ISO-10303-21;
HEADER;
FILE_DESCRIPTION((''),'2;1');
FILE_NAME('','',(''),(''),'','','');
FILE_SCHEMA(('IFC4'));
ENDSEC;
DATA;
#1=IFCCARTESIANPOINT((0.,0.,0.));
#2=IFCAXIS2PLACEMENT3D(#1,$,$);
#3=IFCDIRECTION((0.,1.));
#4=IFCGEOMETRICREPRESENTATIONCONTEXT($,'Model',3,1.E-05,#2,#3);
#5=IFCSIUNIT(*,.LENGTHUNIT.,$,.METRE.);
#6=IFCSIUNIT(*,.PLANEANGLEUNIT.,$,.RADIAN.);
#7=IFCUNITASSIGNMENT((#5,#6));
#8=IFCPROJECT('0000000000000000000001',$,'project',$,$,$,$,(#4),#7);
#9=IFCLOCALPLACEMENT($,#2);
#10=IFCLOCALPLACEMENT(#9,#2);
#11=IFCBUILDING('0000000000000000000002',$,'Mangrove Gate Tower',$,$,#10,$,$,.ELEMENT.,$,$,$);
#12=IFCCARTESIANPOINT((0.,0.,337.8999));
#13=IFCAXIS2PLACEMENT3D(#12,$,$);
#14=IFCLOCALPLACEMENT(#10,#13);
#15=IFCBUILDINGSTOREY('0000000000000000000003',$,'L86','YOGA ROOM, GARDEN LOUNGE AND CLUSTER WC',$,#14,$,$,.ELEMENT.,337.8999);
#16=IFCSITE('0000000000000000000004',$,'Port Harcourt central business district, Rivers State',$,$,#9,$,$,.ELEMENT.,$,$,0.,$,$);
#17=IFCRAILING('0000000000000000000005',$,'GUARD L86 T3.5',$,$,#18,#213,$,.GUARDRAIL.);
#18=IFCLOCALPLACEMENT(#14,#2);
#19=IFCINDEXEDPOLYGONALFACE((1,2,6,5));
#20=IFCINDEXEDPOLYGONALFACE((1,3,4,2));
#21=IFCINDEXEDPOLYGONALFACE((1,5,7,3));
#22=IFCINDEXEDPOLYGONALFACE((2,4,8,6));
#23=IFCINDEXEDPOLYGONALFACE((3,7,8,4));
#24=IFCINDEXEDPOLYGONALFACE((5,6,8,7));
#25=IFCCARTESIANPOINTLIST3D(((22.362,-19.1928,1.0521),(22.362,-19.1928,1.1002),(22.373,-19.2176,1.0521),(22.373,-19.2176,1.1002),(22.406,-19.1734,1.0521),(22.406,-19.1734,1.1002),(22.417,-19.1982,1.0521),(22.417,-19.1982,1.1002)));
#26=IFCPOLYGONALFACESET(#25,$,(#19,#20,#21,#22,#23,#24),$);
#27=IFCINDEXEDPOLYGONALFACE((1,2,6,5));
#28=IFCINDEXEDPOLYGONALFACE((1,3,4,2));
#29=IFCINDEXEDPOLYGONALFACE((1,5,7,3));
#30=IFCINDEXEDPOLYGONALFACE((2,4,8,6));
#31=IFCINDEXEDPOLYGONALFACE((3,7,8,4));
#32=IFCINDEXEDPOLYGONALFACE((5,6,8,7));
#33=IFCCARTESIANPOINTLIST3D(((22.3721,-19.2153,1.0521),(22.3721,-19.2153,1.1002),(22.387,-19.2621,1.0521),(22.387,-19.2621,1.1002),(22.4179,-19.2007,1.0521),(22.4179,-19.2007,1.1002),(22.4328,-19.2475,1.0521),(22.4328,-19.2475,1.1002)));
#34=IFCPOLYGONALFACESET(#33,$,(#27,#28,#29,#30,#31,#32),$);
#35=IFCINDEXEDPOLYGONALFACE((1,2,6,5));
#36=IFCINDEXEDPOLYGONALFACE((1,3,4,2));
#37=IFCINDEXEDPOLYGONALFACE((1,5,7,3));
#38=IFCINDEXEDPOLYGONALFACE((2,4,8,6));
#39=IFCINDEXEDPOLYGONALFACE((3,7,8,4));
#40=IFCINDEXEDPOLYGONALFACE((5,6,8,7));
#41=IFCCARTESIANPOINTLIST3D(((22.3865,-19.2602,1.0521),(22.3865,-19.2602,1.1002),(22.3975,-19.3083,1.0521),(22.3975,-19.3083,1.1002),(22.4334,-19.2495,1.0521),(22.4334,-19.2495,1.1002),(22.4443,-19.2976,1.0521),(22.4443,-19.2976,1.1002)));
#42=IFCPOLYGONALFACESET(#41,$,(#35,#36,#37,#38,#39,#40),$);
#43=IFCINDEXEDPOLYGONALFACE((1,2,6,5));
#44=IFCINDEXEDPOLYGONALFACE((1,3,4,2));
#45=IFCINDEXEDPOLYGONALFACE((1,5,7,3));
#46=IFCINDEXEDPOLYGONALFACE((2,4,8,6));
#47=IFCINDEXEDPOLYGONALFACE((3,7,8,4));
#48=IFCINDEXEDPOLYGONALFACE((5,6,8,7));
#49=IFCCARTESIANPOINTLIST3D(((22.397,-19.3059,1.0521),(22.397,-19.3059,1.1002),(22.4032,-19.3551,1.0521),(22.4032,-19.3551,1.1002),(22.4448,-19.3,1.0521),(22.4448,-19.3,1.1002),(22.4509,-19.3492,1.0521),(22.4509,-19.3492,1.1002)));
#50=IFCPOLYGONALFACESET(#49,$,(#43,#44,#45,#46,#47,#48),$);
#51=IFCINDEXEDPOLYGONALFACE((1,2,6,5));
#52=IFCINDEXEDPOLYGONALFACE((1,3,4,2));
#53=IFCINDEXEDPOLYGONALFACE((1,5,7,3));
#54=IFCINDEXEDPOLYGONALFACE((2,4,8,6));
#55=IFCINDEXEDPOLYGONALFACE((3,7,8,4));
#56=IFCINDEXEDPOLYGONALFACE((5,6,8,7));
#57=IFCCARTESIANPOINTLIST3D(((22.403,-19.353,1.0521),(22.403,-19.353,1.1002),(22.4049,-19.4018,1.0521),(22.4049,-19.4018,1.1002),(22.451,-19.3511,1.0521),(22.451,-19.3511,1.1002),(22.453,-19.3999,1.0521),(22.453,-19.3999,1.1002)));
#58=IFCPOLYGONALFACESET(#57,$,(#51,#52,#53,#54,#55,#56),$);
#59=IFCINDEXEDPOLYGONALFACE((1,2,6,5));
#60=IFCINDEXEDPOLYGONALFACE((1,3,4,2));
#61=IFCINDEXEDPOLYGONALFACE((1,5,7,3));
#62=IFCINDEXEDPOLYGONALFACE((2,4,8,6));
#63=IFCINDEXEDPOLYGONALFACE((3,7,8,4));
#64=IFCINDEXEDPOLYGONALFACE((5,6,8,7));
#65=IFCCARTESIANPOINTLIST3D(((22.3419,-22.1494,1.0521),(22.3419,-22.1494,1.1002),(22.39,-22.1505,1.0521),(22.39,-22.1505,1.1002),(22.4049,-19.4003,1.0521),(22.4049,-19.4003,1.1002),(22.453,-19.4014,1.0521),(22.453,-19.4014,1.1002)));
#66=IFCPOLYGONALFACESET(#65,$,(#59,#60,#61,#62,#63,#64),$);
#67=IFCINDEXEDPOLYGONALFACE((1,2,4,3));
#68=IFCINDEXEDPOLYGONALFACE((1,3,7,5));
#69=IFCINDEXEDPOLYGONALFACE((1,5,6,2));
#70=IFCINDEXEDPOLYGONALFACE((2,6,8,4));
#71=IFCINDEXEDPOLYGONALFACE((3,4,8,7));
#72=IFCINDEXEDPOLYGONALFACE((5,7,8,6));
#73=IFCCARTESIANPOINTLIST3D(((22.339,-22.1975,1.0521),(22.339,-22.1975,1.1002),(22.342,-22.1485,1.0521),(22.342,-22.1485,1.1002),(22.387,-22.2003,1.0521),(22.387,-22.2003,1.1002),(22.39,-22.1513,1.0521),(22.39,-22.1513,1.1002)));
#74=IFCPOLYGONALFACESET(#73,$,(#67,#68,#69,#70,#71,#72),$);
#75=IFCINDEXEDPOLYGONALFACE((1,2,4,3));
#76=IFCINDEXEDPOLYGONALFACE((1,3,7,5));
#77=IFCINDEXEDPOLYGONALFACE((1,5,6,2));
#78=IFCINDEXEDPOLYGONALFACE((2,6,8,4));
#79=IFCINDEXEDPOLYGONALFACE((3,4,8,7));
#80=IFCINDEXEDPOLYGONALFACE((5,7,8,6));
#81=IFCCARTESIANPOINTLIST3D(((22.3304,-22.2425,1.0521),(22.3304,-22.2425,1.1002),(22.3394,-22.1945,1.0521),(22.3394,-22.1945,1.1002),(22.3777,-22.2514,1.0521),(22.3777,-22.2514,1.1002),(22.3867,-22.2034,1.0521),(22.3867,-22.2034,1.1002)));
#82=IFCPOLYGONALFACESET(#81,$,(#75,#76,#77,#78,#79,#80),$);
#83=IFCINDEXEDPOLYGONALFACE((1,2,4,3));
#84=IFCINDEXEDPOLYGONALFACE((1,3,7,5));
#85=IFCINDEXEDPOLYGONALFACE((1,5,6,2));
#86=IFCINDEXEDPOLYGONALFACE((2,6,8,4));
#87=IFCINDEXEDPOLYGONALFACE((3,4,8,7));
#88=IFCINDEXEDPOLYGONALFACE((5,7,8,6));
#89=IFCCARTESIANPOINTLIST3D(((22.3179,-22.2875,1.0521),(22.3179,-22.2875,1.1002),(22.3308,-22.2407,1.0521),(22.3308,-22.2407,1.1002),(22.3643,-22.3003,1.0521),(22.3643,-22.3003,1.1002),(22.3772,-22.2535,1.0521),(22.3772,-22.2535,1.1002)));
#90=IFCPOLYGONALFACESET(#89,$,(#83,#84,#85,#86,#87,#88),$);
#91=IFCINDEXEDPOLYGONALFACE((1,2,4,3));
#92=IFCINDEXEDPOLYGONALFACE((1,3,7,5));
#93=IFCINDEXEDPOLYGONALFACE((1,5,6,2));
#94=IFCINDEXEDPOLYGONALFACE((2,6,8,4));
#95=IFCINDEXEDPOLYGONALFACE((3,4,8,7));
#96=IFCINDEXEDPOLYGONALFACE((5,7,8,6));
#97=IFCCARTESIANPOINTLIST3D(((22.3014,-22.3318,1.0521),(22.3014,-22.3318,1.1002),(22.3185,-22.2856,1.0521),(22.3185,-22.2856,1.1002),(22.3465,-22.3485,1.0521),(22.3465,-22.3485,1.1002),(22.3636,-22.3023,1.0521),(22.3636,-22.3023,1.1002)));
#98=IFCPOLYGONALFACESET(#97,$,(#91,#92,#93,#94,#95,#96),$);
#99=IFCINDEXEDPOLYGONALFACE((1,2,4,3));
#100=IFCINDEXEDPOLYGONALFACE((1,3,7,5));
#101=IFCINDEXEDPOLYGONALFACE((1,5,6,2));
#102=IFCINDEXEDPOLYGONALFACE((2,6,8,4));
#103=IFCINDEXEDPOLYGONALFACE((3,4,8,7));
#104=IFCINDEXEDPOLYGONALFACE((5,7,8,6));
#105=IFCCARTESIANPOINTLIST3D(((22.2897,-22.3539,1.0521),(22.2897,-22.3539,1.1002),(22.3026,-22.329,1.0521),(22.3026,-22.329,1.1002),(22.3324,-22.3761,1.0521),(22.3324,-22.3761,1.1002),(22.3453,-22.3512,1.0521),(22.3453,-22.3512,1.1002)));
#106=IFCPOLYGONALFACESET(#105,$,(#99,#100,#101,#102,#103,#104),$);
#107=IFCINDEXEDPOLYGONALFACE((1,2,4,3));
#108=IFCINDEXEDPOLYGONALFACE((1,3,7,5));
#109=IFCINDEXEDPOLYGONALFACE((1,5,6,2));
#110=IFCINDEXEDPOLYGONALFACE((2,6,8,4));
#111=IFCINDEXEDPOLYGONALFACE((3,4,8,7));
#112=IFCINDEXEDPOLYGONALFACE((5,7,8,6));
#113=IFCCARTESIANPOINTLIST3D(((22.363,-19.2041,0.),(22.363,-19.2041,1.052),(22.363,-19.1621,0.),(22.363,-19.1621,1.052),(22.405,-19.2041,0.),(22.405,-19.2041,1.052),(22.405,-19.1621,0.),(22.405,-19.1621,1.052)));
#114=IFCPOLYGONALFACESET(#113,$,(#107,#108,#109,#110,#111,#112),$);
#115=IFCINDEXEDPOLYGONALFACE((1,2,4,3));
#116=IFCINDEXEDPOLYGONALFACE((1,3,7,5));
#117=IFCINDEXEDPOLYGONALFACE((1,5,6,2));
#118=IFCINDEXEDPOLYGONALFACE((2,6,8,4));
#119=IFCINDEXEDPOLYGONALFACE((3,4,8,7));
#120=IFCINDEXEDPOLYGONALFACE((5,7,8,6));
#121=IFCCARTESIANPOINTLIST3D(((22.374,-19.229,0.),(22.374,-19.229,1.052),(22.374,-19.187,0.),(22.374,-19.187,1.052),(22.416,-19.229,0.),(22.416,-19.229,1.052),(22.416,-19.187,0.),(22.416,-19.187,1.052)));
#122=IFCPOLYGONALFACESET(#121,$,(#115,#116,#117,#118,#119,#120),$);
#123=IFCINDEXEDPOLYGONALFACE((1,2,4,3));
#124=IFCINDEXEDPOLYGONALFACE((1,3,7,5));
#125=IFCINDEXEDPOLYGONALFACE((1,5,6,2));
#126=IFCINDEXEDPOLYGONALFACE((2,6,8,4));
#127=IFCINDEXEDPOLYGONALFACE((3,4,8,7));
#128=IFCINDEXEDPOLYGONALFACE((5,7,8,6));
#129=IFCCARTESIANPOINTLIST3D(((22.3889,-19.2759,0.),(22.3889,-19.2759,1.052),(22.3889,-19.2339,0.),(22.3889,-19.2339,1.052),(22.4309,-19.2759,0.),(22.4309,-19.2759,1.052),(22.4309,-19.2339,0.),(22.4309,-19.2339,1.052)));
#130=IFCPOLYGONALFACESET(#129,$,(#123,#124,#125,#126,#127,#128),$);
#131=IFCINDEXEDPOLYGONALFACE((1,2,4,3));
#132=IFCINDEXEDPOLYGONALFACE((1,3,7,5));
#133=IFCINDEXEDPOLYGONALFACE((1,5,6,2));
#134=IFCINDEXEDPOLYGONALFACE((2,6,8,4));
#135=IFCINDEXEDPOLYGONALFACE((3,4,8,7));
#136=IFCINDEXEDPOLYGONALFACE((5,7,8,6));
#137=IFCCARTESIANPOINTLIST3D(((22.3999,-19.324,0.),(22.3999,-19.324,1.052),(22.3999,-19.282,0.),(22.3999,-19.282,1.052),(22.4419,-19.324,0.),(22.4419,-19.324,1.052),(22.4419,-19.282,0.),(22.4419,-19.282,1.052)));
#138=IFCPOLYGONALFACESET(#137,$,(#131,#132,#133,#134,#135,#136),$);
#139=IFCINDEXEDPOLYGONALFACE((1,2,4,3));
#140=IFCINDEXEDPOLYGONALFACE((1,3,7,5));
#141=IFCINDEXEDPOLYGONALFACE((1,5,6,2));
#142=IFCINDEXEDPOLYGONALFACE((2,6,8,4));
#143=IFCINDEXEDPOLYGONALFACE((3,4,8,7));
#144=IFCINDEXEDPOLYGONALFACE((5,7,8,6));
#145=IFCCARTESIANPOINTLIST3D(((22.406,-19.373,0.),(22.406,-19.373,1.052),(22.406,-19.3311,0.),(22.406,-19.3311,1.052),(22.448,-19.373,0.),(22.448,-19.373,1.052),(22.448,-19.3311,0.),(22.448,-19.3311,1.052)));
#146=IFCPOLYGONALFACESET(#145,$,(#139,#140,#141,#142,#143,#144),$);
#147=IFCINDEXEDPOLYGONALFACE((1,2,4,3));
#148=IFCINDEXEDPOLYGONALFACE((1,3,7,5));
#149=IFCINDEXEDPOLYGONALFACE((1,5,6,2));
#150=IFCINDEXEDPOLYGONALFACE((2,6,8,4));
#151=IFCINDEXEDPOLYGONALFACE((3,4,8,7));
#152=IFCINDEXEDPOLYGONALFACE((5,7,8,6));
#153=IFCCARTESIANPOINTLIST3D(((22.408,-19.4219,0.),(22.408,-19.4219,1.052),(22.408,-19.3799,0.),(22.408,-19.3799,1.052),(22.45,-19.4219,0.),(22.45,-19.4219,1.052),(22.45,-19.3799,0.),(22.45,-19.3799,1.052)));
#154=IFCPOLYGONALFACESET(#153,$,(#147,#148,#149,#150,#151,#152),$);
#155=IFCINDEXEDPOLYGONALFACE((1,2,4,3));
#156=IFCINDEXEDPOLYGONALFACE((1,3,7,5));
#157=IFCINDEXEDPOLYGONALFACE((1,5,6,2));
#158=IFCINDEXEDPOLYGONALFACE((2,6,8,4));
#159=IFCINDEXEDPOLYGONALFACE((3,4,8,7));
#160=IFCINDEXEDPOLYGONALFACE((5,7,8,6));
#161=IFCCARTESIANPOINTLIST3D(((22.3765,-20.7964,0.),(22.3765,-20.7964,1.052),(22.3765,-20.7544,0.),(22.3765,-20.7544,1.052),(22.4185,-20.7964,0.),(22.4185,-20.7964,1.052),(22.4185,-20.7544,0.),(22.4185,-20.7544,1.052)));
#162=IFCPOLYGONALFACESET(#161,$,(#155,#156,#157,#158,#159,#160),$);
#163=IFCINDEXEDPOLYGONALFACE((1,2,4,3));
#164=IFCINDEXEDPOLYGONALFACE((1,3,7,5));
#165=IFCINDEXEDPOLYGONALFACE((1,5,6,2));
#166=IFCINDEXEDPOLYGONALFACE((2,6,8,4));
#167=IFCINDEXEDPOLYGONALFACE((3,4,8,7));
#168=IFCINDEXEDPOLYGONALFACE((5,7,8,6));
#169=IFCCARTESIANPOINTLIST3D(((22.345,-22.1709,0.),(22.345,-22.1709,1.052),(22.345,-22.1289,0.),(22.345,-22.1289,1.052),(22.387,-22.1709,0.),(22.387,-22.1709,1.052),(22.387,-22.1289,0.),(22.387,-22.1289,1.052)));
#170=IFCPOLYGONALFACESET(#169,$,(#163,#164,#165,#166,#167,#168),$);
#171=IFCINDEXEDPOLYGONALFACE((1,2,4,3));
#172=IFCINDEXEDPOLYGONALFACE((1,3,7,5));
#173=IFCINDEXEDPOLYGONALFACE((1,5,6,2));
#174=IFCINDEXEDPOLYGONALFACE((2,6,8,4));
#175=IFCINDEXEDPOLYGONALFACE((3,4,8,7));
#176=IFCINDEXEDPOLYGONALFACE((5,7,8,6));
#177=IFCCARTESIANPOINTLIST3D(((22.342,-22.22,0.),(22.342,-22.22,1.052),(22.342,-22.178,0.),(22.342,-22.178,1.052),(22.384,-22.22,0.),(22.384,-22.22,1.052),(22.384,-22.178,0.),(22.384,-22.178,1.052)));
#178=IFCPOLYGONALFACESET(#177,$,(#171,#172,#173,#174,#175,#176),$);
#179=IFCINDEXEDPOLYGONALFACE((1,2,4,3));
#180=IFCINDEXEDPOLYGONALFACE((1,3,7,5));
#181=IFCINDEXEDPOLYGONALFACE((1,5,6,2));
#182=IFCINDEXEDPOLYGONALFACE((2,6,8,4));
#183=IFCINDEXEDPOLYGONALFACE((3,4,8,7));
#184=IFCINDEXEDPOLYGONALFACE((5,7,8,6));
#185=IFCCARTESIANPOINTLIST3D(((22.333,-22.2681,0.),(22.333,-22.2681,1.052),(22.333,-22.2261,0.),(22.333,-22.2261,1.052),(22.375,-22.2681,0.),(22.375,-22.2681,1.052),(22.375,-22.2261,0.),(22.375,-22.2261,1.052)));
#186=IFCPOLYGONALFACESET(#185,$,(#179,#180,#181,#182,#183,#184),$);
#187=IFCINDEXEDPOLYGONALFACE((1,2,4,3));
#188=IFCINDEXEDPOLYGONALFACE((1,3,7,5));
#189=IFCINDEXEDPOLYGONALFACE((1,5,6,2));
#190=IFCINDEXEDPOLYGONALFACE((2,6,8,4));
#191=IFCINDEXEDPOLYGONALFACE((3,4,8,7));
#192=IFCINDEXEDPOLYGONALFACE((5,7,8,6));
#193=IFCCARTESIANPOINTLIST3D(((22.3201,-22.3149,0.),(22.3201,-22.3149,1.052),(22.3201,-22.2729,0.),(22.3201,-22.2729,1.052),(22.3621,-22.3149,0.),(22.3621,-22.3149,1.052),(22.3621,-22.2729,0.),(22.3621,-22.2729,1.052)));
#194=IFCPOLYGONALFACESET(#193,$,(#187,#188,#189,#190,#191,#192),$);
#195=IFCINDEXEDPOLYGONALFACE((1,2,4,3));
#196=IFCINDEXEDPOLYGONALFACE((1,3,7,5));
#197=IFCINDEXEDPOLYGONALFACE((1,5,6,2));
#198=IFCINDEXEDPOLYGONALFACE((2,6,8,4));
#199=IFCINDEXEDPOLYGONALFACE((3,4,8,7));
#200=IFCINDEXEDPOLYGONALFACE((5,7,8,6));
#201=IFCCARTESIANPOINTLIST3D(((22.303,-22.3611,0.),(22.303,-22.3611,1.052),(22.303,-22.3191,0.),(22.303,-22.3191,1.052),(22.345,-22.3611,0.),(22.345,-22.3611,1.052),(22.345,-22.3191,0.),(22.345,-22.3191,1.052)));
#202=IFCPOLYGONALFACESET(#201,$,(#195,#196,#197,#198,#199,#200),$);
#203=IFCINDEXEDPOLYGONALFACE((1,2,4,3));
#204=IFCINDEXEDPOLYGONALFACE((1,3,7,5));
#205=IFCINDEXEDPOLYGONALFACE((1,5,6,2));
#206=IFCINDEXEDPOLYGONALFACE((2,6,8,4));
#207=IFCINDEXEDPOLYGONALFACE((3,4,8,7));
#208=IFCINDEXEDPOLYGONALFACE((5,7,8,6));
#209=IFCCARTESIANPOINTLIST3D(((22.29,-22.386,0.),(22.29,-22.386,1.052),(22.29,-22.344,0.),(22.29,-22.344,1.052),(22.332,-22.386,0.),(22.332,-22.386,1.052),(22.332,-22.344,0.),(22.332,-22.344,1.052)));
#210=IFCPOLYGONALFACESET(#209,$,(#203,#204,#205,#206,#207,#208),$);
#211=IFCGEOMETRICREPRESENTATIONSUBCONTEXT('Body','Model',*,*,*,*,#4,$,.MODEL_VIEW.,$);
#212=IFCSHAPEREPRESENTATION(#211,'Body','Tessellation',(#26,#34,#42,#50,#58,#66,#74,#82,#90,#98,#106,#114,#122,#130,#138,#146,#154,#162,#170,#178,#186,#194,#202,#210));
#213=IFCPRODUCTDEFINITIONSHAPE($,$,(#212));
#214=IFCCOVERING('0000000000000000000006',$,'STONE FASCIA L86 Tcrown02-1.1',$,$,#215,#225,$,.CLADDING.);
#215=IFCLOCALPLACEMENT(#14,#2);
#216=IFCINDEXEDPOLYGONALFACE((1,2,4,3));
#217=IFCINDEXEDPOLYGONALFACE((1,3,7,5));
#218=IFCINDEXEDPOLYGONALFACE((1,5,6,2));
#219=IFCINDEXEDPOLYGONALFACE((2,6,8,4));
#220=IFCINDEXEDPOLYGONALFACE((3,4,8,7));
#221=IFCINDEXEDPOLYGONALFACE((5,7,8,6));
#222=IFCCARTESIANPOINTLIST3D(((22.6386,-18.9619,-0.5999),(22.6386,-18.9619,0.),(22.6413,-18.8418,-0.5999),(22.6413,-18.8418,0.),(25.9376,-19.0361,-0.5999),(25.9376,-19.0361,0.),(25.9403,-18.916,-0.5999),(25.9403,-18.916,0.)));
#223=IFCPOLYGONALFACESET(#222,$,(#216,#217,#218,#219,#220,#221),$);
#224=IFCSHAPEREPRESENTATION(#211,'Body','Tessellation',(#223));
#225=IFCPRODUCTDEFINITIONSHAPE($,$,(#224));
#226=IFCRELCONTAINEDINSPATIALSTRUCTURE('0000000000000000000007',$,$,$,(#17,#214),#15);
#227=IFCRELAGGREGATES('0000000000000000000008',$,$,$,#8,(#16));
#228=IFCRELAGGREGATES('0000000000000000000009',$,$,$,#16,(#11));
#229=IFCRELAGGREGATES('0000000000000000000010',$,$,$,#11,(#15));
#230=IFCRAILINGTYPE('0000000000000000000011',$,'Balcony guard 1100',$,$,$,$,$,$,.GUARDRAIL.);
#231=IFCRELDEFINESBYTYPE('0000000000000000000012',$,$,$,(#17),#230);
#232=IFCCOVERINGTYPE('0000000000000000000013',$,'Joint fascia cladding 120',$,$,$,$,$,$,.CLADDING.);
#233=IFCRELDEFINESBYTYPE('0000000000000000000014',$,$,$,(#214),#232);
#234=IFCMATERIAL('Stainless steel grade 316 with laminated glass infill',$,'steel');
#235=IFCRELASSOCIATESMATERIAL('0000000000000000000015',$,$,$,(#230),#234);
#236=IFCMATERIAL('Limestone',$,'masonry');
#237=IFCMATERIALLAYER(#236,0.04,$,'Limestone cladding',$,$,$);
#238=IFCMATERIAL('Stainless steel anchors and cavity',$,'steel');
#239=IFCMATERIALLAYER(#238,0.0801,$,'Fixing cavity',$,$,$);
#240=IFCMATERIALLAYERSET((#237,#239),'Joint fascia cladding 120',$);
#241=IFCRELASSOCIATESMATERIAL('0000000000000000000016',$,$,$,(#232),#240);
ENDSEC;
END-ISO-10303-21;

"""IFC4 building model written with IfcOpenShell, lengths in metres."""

from ifc_helpers import new_model, si_unit, direction, frame, frame_2d, origin, origin_2d, place, context, subcontext, project, spatial, rectangle, extrude, material, layer, layer_set, type_object, element, save


model = new_model("IFC4")

# Units and contexts
model_context = context("Model", 3, precision=1e-05, world=origin(), true_north=direction((0.0, 1.0)))
body_context = subcontext(model_context, "Body", "Model", "MODEL_VIEW")
ifc_project = project(units=[si_unit("LENGTHUNIT", "METRE"), si_unit("PLANEANGLEUNIT", "RADIAN")], contexts=[model_context])

# Site, building, storey
site_placement = place(None, origin())
site = spatial("IfcSite", under=ifc_project, at=site_placement, Name="Port Harcourt central business district, Rivers State", CompositionType="ELEMENT", RefElevation=0.0)
building_placement = place(site_placement, origin())
building = spatial("IfcBuilding", under=site, at=building_placement, Name="Mangrove Gate Tower", CompositionType="ELEMENT")
storey_placement = place(building_placement, frame((0.0, 0.0, 337.8999)))
storey = spatial("IfcBuildingStorey", under=building, at=storey_placement, Name="L86", Description="YOGA ROOM, GARDEN LOUNGE AND CLUSTER WC", CompositionType="ELEMENT", Elevation=337.8999)

# Shared definitions
ifc_material_1 = material(Name="Limestone", Category="masonry")

# Railing
ifc_material_2 = material(Name="Stainless steel grade 316 with laminated glass infill", Category="steel")
railing_type = type_object("IfcRailingType", Name="Balcony guard 1100", PredefinedType="GUARDRAIL", material=ifc_material_2)
railing_1_placement = place(storey_placement, frame((22.384, -19.1831, 0.0)))
element("IfcRailing", 1, at=railing_1_placement, inside=storey, type_object=railing_type, Name="GUARD L86 T3.5", PredefinedType="GUARDRAIL", context=body_context, shape_type="SweptSolid", body=[
    extrude(rectangle(XDim=0.0481, YDim=0.0481, at=origin_2d()), frame((0.0, 0.0, 1.0762), z_axis=(0.40364, -0.914918, 0.0), x_axis=(0.914918, 0.40364, 0.0)), (0.0, 0.0, 1.0), 0.0271),
    extrude(rectangle(XDim=0.0481, YDim=0.0481, at=origin_2d()), frame((0.011, -0.0249, 1.0762), z_axis=(0.302794, -0.953056, 0.0), x_axis=(0.953056, 0.302794, 0.0)), (0.0, 0.0, 1.0), 0.0491),
    extrude(rectangle(XDim=0.0481, YDim=0.0481, at=origin_2d()), frame((0.0259, -0.0718, 1.0762), z_axis=(0.22269, -0.974889, 0.0), x_axis=(0.974889, 0.22269, 0.0)), (0.0, 0.0, 1.0), 0.0493),
    extrude(rectangle(XDim=0.0481, YDim=0.0481, at=origin_2d()), frame((0.0369, -0.1199, 1.0762), z_axis=(0.123427, -0.992354, 0.0), x_axis=(0.992354, 0.123427, 0.0)), (0.0, 0.0, 1.0), 0.0496),
    extrude(rectangle(XDim=0.0481, YDim=0.0481, at=origin_2d()), frame((0.043, -0.1689, 1.0762), z_axis=(0.039968, -0.999201, 0.0), x_axis=(0.999201, 0.039968, 0.0)), (0.0, 0.0, 1.0), 0.0488),
    extrude(rectangle(XDim=0.0481, YDim=0.0481, at=origin_2d()), frame((0.0449, -0.2178, 1.0762), z_axis=(-0.022907, -0.999738, 0.0), x_axis=(0.999738, -0.022907, 0.0)), (0.0, 0.0, 1.0), 2.7498),
    extrude(rectangle(XDim=0.0481, YDim=0.0481, at=origin_2d()), frame((-0.0181, -2.9668, 1.0762), z_axis=(-0.059595, -0.998223, 0.0), x_axis=(0.998223, -0.059595, 0.0)), (0.0, 0.0, 1.0), 0.0491),
    extrude(rectangle(XDim=0.0481, YDim=0.0481, at=origin_2d()), frame((-0.021, -3.0159, 1.0762), z_axis=(-0.18459, -0.982816, 0.0), x_axis=(0.982816, -0.18459, 0.0)), (0.0, 0.0, 1.0), 0.0488),
    extrude(rectangle(XDim=0.0481, YDim=0.0481, at=origin_2d()), frame((-0.03, -3.064, 1.0762), z_axis=(-0.26609, -0.963948, 0.0), x_axis=(0.963948, -0.26609, 0.0)), (0.0, 0.0, 1.0), 0.0486),
    extrude(rectangle(XDim=0.0481, YDim=0.0481, at=origin_2d()), frame((-0.043, -3.1108, 1.0762), z_axis=(-0.347314, -0.937749, 0.0), x_axis=(0.937749, -0.347314, 0.0)), (0.0, 0.0, 1.0), 0.0493),
    extrude(rectangle(XDim=0.0481, YDim=0.0481, at=origin_2d()), frame((-0.0601, -3.157, 1.0762), z_axis=(-0.461079, -0.887359, 0.0), x_axis=(0.887359, -0.461079, 0.0)), (0.0, 0.0, 1.0), 0.0281),
    extrude(rectangle(XDim=0.042, YDim=0.042, at=origin_2d()), origin(), (0.0, 0.0, 1.0), 1.052),
    extrude(rectangle(XDim=0.042, YDim=0.042, at=origin_2d()), frame((0.011, -0.0249, 0.0)), (0.0, 0.0, 1.0), 1.052),
    extrude(rectangle(XDim=0.042, YDim=0.042, at=origin_2d()), frame((0.0259, -0.0718, 0.0)), (0.0, 0.0, 1.0), 1.052),
    extrude(rectangle(XDim=0.042, YDim=0.042, at=origin_2d()), frame((0.0369, -0.1199, 0.0)), (0.0, 0.0, 1.0), 1.052),
    extrude(rectangle(XDim=0.042, YDim=0.042, at=origin_2d()), frame((0.043, -0.1689, 0.0)), (0.0, 0.0, 1.0), 1.052),
    extrude(rectangle(XDim=0.042, YDim=0.042, at=origin_2d()), frame((0.0449, -0.2178, 0.0)), (0.0, 0.0, 1.0), 1.052),
    extrude(rectangle(XDim=0.042, YDim=0.042, at=origin_2d()), frame((0.0134, -1.5923, 0.0)), (0.0, 0.0, 1.0), 1.052),
    extrude(rectangle(XDim=0.042, YDim=0.042, at=origin_2d()), frame((-0.0181, -2.9668, 0.0)), (0.0, 0.0, 1.0), 1.052),
    extrude(rectangle(XDim=0.042, YDim=0.042, at=origin_2d()), frame((-0.021, -3.0159, 0.0)), (0.0, 0.0, 1.0), 1.052),
    extrude(rectangle(XDim=0.042, YDim=0.042, at=origin_2d()), frame((-0.03, -3.064, 0.0)), (0.0, 0.0, 1.0), 1.052),
    extrude(rectangle(XDim=0.042, YDim=0.042, at=origin_2d()), frame((-0.043, -3.1108, 0.0)), (0.0, 0.0, 1.0), 1.052),
    extrude(rectangle(XDim=0.042, YDim=0.042, at=origin_2d()), frame((-0.0601, -3.157, 0.0)), (0.0, 0.0, 1.0), 1.052),
    extrude(rectangle(XDim=0.042, YDim=0.042, at=origin_2d()), frame((-0.073, -3.1819, 0.0)), (0.0, 0.0, 1.0), 1.052),
])

# Covering
ifc_layer_1 = layer(ifc_material_1, 0.04, Name="Limestone cladding")
ifc_material_3 = material(Name="Stainless steel anchors and cavity", Category="steel")
ifc_layer_2 = layer(ifc_material_3, 0.0801, Name="Fixing cavity")
ifc_layer_set_1 = layer_set([ifc_layer_1, ifc_layer_2], Name="Joint fascia cladding 120")
covering_type = type_object("IfcCoveringType", Name="Joint fascia cladding 120", PredefinedType="CLADDING", material=ifc_layer_set_1)
covering_1_placement = place(storey_placement, frame((25.939, -18.9761, -0.5999), z_axis=(0.0, 0.0, 1.0), x_axis=(-0.999747, 0.022491, 0.0)))
element("IfcCovering", 2, at=covering_1_placement, inside=storey, type_object=covering_type, Name="STONE FASCIA L86 Tcrown02-1.1", PredefinedType="CLADDING", context=body_context, shape_type="SweptSolid", body=[
    extrude(rectangle(XDim=3.2998, YDim=0.1201, at=frame_2d((1.6499, 0.0))), origin(), (0.0, 0.0, 1.0), 0.5999),
])

save(model, "model.ifc")
